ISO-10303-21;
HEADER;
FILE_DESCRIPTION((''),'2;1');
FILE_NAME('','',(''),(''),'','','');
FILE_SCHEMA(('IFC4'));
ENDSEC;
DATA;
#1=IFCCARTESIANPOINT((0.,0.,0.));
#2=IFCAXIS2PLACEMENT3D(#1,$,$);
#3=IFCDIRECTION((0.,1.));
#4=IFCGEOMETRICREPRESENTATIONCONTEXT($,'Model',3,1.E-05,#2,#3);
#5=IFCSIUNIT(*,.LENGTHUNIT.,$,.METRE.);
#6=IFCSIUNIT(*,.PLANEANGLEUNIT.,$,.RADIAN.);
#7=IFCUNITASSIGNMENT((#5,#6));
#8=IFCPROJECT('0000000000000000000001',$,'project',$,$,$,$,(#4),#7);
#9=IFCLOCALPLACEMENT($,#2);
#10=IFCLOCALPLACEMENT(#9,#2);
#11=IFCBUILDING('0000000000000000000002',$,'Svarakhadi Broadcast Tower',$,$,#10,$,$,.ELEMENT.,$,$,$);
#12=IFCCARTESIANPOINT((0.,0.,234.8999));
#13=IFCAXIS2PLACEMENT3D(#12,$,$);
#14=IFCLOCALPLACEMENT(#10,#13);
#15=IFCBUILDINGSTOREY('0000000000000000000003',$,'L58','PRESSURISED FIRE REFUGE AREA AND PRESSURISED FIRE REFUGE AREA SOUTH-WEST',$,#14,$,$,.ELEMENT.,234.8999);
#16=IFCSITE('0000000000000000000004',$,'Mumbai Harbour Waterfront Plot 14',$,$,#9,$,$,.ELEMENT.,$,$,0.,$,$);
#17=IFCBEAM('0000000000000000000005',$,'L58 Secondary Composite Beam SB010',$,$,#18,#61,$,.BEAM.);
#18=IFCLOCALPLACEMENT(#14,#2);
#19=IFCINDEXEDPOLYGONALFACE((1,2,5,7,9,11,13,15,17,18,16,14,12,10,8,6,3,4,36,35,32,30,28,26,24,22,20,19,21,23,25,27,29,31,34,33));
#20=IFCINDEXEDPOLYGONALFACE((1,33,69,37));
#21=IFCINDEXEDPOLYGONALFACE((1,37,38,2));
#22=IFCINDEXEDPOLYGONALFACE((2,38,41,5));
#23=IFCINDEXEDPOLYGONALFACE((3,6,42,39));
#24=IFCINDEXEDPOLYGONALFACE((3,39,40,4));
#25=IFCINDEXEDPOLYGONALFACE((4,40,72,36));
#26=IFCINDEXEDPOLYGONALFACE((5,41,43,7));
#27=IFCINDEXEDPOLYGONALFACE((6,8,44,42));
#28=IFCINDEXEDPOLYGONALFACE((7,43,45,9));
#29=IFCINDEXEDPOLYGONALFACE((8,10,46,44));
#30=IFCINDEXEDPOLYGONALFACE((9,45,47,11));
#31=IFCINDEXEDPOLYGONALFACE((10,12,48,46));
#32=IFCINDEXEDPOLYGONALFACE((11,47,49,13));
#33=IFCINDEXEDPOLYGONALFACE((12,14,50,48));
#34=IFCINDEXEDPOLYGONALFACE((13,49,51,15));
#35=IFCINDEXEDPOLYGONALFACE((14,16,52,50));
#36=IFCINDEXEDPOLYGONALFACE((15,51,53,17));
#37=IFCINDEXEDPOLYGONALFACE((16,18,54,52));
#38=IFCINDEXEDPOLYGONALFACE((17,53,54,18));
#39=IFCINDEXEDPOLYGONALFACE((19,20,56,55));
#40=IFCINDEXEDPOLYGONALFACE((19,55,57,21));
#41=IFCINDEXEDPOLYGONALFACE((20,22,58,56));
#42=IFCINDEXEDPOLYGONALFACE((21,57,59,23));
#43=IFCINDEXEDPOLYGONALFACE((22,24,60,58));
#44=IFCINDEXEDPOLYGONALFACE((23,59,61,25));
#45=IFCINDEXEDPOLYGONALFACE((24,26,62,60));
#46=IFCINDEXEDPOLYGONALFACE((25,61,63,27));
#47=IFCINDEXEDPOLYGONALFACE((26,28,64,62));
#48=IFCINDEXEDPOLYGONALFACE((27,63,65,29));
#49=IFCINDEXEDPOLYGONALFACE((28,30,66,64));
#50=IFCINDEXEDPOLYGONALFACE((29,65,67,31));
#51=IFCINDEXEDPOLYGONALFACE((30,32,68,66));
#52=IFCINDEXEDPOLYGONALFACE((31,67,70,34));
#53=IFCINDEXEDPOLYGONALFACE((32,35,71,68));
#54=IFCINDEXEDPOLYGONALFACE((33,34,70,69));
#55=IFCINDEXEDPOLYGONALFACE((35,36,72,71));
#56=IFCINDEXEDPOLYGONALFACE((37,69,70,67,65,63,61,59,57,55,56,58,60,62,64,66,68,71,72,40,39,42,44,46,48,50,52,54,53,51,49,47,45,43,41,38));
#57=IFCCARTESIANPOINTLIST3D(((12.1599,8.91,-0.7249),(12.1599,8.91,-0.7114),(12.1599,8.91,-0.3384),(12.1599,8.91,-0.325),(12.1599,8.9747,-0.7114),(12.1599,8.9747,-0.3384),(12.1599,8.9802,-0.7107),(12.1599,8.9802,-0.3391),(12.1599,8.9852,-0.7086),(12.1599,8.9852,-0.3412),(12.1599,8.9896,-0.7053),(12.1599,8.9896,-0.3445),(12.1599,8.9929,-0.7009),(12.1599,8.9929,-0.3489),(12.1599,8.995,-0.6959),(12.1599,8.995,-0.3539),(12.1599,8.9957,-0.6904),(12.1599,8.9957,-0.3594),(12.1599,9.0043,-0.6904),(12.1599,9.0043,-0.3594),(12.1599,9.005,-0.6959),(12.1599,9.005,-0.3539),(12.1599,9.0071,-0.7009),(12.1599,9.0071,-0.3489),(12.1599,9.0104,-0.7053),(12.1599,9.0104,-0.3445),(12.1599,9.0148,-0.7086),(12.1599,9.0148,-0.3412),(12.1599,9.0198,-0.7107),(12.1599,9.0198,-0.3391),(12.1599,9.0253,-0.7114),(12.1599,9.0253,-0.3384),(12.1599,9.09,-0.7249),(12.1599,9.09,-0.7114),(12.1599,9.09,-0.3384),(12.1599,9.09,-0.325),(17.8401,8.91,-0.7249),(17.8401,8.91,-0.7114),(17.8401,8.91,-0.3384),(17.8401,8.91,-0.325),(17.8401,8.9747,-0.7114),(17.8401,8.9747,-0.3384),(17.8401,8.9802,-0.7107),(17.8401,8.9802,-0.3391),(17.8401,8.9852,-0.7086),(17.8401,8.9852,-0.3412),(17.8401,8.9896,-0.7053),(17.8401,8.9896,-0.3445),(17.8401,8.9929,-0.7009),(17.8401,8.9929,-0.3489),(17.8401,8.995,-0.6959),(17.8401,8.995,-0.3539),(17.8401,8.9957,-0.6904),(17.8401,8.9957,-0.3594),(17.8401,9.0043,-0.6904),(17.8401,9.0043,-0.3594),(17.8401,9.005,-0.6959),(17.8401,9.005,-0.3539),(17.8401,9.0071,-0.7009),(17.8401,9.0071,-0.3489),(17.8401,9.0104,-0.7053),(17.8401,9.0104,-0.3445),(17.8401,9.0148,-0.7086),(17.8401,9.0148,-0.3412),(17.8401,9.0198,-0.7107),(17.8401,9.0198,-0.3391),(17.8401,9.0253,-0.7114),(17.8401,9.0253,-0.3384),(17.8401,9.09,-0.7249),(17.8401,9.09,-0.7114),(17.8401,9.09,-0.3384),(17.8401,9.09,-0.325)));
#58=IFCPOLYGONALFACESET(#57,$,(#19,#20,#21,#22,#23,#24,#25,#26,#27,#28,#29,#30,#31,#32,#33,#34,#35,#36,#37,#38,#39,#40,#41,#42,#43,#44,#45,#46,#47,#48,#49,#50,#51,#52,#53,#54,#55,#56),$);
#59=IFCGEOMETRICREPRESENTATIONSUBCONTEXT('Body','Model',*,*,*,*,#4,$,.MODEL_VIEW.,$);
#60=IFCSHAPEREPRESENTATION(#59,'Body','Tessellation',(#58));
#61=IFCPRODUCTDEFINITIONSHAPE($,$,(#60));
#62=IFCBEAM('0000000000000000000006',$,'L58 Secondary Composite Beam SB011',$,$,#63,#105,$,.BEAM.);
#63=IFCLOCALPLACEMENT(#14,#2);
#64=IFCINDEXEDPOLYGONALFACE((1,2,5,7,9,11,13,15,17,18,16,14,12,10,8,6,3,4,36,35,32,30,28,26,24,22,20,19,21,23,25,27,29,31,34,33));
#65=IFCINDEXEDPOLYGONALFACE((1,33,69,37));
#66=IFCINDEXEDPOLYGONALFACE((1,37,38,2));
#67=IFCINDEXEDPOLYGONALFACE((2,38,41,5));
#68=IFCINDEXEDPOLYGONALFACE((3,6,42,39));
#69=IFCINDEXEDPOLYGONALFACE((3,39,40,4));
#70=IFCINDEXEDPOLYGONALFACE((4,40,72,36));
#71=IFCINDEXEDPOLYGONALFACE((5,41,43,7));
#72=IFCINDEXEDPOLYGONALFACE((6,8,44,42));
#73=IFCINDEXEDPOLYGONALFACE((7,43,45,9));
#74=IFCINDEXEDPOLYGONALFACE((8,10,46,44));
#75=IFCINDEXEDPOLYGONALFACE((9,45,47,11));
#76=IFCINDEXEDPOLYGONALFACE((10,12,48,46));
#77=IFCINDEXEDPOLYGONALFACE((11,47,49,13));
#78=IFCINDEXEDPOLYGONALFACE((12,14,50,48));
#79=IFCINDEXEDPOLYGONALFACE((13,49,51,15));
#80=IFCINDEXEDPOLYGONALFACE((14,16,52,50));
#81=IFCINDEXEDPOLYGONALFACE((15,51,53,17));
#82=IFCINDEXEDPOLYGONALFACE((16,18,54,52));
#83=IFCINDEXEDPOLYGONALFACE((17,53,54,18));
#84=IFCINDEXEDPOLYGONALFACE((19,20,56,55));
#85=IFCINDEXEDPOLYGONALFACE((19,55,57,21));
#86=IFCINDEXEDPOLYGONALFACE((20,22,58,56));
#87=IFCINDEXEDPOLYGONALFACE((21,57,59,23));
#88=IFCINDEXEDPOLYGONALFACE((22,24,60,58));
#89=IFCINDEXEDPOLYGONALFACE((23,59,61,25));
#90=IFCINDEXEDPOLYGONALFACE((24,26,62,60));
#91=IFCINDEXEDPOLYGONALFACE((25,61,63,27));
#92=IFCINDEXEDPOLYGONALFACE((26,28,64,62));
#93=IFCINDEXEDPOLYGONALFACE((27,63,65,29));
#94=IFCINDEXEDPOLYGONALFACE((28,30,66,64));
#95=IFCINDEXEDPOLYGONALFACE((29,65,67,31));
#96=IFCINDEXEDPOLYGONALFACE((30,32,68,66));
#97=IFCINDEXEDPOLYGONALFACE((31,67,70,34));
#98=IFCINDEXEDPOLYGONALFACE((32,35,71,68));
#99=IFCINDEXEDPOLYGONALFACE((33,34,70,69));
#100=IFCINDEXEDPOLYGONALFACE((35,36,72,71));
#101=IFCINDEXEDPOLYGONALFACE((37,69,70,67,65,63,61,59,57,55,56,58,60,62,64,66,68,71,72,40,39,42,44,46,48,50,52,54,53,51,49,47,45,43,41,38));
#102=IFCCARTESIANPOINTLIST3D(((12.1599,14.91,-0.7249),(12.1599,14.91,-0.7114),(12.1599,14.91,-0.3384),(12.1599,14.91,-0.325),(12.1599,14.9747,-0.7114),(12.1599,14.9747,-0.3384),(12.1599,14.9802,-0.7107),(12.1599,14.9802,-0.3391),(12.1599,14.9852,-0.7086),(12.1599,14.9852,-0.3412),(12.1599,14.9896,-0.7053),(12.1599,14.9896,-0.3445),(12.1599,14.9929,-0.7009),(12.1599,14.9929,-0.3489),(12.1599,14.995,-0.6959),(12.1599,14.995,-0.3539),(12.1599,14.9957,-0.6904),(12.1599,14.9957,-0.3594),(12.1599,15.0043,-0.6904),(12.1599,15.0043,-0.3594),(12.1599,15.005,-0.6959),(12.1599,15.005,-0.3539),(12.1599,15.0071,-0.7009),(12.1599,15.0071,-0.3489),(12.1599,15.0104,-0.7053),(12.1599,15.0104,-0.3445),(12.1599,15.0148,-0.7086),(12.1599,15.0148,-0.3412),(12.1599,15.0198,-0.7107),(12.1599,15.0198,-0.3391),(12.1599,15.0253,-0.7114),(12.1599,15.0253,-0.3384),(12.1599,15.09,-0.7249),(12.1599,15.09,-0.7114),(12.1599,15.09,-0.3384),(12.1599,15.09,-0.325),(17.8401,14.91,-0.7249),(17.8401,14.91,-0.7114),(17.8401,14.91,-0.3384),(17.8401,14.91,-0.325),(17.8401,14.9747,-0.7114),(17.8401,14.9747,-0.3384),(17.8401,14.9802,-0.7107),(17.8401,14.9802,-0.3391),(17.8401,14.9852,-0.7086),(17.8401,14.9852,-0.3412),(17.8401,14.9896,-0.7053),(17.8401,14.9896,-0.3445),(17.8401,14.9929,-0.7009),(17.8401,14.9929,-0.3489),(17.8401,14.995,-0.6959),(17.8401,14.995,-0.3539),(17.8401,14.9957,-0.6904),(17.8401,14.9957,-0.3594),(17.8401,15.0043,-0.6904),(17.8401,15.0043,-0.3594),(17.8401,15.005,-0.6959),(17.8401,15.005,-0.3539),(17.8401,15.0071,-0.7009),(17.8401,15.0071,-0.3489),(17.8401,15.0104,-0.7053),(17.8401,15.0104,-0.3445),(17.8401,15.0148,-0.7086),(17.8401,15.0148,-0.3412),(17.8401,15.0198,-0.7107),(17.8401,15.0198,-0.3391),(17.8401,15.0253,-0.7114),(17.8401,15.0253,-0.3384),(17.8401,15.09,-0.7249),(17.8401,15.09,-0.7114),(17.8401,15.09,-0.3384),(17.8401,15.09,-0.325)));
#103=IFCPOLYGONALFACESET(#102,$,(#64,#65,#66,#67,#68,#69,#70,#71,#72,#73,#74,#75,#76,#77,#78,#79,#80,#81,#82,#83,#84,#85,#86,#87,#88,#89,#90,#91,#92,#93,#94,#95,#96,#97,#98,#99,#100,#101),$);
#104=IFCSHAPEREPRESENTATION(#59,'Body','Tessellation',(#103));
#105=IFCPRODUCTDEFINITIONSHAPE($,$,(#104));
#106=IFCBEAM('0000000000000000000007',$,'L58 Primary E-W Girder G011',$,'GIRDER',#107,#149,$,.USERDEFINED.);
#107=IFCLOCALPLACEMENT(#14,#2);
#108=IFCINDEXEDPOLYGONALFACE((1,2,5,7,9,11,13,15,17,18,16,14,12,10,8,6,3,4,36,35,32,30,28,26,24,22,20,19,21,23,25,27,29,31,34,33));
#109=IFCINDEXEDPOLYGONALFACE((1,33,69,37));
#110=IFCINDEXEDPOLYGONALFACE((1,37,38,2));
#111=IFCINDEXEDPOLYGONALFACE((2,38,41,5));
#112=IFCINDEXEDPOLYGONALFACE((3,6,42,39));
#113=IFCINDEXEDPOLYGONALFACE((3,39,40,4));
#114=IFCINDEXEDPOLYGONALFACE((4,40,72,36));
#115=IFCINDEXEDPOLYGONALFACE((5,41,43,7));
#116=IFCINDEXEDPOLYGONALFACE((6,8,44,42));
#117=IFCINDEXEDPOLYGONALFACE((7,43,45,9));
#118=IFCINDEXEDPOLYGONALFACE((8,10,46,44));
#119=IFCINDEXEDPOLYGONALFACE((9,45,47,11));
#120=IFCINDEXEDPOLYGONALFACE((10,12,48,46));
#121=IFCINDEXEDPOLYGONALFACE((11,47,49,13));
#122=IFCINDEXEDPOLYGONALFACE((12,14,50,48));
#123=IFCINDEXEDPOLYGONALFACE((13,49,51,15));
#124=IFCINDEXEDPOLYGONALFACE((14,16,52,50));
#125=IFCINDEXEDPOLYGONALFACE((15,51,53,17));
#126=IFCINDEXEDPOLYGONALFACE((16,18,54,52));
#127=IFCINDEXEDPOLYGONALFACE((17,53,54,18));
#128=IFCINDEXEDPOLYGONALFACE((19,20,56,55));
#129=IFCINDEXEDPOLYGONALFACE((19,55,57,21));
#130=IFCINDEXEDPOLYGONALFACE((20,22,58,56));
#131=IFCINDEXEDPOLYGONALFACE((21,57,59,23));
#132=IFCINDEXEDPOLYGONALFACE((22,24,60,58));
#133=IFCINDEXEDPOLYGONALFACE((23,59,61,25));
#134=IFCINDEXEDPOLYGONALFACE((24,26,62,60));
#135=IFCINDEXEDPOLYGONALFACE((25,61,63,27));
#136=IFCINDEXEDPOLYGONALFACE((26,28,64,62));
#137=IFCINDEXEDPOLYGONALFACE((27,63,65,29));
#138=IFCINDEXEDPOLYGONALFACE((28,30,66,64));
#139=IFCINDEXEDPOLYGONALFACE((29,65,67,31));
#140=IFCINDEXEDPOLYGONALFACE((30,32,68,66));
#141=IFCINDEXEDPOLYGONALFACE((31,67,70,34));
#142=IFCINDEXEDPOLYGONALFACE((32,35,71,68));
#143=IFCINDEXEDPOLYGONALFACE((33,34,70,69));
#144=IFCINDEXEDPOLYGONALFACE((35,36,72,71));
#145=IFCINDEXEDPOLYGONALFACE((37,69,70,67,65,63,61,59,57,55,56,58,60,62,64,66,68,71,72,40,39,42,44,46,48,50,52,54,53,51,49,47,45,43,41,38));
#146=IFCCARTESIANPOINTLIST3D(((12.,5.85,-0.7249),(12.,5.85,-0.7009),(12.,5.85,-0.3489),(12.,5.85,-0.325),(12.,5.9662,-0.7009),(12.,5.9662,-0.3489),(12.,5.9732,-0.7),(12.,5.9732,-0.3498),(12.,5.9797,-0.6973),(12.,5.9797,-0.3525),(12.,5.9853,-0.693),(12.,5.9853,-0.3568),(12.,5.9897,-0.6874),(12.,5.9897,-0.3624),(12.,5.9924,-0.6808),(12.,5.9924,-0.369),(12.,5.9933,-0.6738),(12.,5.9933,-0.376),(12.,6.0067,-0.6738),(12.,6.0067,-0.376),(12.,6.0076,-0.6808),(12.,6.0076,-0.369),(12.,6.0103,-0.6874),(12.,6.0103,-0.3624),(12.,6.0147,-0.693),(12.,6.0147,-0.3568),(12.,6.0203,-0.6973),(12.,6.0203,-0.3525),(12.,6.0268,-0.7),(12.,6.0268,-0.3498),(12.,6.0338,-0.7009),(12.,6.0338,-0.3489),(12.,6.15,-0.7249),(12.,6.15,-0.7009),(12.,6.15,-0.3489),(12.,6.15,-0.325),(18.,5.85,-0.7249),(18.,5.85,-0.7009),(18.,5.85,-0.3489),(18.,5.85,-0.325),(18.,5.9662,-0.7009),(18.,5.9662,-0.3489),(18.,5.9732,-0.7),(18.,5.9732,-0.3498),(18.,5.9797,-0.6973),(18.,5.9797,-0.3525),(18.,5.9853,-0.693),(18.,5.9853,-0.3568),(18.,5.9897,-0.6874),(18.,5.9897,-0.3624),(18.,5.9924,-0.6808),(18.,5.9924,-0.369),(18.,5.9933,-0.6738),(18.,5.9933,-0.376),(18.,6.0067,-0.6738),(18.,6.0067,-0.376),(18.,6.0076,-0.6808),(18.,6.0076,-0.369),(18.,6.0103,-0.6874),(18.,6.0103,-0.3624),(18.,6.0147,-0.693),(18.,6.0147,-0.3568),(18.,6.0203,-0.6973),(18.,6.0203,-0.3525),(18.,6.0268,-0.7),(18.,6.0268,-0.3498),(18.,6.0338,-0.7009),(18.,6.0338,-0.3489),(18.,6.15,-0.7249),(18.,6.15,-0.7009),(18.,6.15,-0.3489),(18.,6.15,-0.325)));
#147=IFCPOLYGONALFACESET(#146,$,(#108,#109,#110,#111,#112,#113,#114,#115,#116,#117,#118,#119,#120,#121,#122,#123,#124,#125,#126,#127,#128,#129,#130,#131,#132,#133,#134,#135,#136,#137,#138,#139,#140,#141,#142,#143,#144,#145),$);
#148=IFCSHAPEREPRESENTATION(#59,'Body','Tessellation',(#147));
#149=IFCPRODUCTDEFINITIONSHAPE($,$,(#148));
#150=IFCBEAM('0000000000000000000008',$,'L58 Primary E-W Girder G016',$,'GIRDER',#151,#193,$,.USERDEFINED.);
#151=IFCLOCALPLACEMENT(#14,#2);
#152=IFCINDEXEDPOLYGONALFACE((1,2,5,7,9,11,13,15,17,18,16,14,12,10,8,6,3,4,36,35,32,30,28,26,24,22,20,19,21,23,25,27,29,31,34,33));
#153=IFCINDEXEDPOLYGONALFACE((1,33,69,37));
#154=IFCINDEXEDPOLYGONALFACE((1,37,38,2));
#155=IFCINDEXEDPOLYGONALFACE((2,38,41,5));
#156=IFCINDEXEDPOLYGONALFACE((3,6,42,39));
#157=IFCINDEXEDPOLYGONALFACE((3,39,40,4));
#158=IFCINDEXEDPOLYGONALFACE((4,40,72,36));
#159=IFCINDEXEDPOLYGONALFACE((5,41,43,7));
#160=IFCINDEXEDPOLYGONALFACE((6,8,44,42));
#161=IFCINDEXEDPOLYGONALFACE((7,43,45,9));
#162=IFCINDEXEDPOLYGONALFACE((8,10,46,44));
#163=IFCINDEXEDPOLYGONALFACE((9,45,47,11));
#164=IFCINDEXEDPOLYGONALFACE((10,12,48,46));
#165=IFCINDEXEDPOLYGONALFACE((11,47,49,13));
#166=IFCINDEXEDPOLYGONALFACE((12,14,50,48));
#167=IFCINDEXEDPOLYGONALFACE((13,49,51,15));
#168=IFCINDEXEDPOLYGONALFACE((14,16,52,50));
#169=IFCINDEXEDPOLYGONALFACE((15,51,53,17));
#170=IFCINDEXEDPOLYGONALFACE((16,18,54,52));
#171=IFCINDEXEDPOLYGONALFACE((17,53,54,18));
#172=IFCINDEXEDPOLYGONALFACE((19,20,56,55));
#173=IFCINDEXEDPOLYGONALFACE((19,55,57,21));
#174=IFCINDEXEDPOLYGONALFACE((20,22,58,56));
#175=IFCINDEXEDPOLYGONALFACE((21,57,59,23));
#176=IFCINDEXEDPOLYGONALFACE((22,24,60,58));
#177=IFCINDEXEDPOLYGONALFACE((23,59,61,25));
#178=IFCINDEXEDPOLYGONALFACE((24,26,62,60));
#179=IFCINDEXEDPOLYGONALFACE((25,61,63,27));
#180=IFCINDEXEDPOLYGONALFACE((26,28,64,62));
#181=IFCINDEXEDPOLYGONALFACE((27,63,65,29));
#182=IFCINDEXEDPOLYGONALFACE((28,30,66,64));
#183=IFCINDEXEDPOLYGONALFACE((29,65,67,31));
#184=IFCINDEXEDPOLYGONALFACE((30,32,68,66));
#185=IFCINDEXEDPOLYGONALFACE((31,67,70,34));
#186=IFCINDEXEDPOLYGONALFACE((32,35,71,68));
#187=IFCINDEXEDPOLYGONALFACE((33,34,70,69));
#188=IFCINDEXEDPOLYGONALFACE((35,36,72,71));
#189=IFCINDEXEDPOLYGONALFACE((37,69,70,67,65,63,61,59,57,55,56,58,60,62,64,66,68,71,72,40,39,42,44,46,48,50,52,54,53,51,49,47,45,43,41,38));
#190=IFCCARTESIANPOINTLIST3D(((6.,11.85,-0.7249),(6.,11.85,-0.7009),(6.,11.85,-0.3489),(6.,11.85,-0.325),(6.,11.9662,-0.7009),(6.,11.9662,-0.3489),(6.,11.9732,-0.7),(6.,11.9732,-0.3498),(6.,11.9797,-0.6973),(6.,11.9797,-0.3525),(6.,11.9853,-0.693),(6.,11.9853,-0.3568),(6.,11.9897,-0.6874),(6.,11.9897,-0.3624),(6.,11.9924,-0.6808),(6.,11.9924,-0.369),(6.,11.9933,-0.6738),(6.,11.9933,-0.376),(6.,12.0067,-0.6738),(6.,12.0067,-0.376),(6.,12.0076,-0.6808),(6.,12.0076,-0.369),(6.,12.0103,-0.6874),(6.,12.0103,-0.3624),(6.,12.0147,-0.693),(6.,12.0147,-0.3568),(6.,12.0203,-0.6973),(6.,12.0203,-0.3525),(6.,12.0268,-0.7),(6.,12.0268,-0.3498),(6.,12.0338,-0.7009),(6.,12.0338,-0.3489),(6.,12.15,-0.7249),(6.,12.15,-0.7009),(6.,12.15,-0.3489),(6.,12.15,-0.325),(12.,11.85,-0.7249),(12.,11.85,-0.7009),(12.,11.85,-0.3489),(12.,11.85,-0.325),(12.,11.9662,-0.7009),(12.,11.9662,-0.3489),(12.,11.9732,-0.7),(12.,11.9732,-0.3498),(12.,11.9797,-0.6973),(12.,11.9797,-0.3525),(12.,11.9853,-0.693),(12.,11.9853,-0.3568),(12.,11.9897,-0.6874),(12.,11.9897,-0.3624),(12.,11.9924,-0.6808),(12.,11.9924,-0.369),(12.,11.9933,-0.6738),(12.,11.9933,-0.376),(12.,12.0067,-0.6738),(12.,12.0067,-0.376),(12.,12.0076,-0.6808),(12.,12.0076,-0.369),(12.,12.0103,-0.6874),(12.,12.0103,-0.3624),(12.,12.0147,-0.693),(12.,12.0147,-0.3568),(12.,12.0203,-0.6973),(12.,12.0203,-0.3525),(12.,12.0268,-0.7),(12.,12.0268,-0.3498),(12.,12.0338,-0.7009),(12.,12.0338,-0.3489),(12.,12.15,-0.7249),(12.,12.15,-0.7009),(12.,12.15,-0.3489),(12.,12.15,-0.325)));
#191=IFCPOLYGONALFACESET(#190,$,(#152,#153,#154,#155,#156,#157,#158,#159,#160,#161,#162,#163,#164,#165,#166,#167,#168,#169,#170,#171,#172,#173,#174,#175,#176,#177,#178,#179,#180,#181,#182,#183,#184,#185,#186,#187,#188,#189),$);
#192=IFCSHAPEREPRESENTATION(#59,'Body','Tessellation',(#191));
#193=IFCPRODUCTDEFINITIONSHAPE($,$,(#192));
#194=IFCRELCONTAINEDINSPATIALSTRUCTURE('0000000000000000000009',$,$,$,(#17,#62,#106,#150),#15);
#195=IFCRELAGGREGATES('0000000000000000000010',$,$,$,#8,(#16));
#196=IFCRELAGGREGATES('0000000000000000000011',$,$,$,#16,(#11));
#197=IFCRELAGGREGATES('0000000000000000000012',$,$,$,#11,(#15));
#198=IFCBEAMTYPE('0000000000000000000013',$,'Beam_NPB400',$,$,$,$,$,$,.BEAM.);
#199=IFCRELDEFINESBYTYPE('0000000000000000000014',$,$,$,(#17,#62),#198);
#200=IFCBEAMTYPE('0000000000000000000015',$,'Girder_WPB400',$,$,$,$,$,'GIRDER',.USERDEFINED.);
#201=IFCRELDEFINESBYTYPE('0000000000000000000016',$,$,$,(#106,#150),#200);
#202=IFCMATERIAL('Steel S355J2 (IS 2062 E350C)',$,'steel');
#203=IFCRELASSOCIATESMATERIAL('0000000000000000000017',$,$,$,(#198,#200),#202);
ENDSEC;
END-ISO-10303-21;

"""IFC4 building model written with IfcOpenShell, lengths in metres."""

from ifc_helpers import new_model, si_unit, direction, frame, origin, origin_2d, place, context, subcontext, project, spatial, i_section, extrude, material, material_profile, profile_set, type_object, element, save


model = new_model("IFC4")

# Units and contexts
model_context = context("Model", 3, precision=1e-05, world=origin(), true_north=direction((0.0, 1.0)))
body_context = subcontext(model_context, "Body", "Model", "MODEL_VIEW")
ifc_project = project(units=[si_unit("LENGTHUNIT", "METRE"), si_unit("PLANEANGLEUNIT", "RADIAN")], contexts=[model_context])

# Site, building, storey
site_placement = place(None, origin())
site = spatial("IfcSite", under=ifc_project, at=site_placement, Name="Mumbai Harbour Waterfront Plot 14", CompositionType="ELEMENT", RefElevation=0.0)
building_placement = place(site_placement, origin())
building = spatial("IfcBuilding", under=site, at=building_placement, Name="Svarakhadi Broadcast Tower", CompositionType="ELEMENT")
storey_placement = place(building_placement, frame((0.0, 0.0, 234.8999)))
storey = spatial("IfcBuildingStorey", under=building, at=storey_placement, Name="L58", Description="PRESSURISED FIRE REFUGE AREA AND PRESSURISED FIRE REFUGE AREA SOUTH-WEST", CompositionType="ELEMENT", Elevation=234.8999)

# Beams
ifc_material_1 = material(Name="Steel S355J2 (IS 2062 E350C)", Category="steel")
ifc_material_profile_1 = material_profile(ifc_material_1, i_section(OverallWidth=0.1799, OverallDepth=0.3999, WebThickness=0.0085, FlangeThickness=0.0134, FilletRadius=0.021, at=origin_2d()), Name="NPB 400x180x66")
ifc_profile_set_1 = profile_set([ifc_material_profile_1], Name="Steel S355J2 (IS 2062 E350C)")
beam_type_1 = type_object("IfcBeamType", Name="Beam_NPB400", PredefinedType="BEAM", material=ifc_profile_set_1)
for number, where, z_axis, x_axis, name in (
    (1, (12.1599, 9.0, -0.5249), (1.0, 0.0, 0.0), (0.0, 1.0, 0.0), "L58 Secondary Composite Beam SB010"),
    (2, (12.1599, 15.0, -0.5249), (1.0, 0.0, 0.0), (0.0, 1.0, 0.0), "L58 Secondary Composite Beam SB011"),
):
    element("IfcBeam", number, at=place(storey_placement, frame(where, z_axis=z_axis, x_axis=x_axis)), inside=storey, type_object=beam_type_1, Name=name, PredefinedType="BEAM", context=body_context, shape_type="SweptSolid", body=[
        extrude(i_section(OverallWidth=0.1799, OverallDepth=0.3999, WebThickness=0.0085, FlangeThickness=0.0134, FilletRadius=0.021, at=origin_2d()), origin(), (0.0, 0.0, 1.0), 5.6802),
    ])
ifc_material_profile_2 = material_profile(ifc_material_1, i_section(OverallWidth=0.3, OverallDepth=0.3999, WebThickness=0.0134, FlangeThickness=0.0239, FilletRadius=0.0271, at=origin_2d()), Name="WPB 400x300x155")
ifc_profile_set_2 = profile_set([ifc_material_profile_2], Name="Steel S355J2 (IS 2062 E350C)")
beam_type_2 = type_object("IfcBeamType", Name="Girder_WPB400", ElementType="GIRDER", PredefinedType="USERDEFINED", material=ifc_profile_set_2)
for number, where, z_axis, x_axis, name in (
    (3, (12.0, 6.0, -0.5249), (1.0, 0.0, 0.0), (0.0, 1.0, 0.0), "L58 Primary E-W Girder G011"),
    (4, (6.0, 12.0, -0.5249), (1.0, 0.0, 0.0), (0.0, 1.0, 0.0), "L58 Primary E-W Girder G016"),
):
    element("IfcBeam", number, at=place(storey_placement, frame(where, z_axis=z_axis, x_axis=x_axis)), inside=storey, type_object=beam_type_2, Name=name, ObjectType="GIRDER", PredefinedType="USERDEFINED", context=body_context, shape_type="SweptSolid", body=[
        extrude(i_section(OverallWidth=0.3, OverallDepth=0.3999, WebThickness=0.0134, FlangeThickness=0.0239, FilletRadius=0.0271, at=origin_2d()), origin(), (0.0, 0.0, 1.0), 6.0),
    ])

save(model, "model.ifc")
